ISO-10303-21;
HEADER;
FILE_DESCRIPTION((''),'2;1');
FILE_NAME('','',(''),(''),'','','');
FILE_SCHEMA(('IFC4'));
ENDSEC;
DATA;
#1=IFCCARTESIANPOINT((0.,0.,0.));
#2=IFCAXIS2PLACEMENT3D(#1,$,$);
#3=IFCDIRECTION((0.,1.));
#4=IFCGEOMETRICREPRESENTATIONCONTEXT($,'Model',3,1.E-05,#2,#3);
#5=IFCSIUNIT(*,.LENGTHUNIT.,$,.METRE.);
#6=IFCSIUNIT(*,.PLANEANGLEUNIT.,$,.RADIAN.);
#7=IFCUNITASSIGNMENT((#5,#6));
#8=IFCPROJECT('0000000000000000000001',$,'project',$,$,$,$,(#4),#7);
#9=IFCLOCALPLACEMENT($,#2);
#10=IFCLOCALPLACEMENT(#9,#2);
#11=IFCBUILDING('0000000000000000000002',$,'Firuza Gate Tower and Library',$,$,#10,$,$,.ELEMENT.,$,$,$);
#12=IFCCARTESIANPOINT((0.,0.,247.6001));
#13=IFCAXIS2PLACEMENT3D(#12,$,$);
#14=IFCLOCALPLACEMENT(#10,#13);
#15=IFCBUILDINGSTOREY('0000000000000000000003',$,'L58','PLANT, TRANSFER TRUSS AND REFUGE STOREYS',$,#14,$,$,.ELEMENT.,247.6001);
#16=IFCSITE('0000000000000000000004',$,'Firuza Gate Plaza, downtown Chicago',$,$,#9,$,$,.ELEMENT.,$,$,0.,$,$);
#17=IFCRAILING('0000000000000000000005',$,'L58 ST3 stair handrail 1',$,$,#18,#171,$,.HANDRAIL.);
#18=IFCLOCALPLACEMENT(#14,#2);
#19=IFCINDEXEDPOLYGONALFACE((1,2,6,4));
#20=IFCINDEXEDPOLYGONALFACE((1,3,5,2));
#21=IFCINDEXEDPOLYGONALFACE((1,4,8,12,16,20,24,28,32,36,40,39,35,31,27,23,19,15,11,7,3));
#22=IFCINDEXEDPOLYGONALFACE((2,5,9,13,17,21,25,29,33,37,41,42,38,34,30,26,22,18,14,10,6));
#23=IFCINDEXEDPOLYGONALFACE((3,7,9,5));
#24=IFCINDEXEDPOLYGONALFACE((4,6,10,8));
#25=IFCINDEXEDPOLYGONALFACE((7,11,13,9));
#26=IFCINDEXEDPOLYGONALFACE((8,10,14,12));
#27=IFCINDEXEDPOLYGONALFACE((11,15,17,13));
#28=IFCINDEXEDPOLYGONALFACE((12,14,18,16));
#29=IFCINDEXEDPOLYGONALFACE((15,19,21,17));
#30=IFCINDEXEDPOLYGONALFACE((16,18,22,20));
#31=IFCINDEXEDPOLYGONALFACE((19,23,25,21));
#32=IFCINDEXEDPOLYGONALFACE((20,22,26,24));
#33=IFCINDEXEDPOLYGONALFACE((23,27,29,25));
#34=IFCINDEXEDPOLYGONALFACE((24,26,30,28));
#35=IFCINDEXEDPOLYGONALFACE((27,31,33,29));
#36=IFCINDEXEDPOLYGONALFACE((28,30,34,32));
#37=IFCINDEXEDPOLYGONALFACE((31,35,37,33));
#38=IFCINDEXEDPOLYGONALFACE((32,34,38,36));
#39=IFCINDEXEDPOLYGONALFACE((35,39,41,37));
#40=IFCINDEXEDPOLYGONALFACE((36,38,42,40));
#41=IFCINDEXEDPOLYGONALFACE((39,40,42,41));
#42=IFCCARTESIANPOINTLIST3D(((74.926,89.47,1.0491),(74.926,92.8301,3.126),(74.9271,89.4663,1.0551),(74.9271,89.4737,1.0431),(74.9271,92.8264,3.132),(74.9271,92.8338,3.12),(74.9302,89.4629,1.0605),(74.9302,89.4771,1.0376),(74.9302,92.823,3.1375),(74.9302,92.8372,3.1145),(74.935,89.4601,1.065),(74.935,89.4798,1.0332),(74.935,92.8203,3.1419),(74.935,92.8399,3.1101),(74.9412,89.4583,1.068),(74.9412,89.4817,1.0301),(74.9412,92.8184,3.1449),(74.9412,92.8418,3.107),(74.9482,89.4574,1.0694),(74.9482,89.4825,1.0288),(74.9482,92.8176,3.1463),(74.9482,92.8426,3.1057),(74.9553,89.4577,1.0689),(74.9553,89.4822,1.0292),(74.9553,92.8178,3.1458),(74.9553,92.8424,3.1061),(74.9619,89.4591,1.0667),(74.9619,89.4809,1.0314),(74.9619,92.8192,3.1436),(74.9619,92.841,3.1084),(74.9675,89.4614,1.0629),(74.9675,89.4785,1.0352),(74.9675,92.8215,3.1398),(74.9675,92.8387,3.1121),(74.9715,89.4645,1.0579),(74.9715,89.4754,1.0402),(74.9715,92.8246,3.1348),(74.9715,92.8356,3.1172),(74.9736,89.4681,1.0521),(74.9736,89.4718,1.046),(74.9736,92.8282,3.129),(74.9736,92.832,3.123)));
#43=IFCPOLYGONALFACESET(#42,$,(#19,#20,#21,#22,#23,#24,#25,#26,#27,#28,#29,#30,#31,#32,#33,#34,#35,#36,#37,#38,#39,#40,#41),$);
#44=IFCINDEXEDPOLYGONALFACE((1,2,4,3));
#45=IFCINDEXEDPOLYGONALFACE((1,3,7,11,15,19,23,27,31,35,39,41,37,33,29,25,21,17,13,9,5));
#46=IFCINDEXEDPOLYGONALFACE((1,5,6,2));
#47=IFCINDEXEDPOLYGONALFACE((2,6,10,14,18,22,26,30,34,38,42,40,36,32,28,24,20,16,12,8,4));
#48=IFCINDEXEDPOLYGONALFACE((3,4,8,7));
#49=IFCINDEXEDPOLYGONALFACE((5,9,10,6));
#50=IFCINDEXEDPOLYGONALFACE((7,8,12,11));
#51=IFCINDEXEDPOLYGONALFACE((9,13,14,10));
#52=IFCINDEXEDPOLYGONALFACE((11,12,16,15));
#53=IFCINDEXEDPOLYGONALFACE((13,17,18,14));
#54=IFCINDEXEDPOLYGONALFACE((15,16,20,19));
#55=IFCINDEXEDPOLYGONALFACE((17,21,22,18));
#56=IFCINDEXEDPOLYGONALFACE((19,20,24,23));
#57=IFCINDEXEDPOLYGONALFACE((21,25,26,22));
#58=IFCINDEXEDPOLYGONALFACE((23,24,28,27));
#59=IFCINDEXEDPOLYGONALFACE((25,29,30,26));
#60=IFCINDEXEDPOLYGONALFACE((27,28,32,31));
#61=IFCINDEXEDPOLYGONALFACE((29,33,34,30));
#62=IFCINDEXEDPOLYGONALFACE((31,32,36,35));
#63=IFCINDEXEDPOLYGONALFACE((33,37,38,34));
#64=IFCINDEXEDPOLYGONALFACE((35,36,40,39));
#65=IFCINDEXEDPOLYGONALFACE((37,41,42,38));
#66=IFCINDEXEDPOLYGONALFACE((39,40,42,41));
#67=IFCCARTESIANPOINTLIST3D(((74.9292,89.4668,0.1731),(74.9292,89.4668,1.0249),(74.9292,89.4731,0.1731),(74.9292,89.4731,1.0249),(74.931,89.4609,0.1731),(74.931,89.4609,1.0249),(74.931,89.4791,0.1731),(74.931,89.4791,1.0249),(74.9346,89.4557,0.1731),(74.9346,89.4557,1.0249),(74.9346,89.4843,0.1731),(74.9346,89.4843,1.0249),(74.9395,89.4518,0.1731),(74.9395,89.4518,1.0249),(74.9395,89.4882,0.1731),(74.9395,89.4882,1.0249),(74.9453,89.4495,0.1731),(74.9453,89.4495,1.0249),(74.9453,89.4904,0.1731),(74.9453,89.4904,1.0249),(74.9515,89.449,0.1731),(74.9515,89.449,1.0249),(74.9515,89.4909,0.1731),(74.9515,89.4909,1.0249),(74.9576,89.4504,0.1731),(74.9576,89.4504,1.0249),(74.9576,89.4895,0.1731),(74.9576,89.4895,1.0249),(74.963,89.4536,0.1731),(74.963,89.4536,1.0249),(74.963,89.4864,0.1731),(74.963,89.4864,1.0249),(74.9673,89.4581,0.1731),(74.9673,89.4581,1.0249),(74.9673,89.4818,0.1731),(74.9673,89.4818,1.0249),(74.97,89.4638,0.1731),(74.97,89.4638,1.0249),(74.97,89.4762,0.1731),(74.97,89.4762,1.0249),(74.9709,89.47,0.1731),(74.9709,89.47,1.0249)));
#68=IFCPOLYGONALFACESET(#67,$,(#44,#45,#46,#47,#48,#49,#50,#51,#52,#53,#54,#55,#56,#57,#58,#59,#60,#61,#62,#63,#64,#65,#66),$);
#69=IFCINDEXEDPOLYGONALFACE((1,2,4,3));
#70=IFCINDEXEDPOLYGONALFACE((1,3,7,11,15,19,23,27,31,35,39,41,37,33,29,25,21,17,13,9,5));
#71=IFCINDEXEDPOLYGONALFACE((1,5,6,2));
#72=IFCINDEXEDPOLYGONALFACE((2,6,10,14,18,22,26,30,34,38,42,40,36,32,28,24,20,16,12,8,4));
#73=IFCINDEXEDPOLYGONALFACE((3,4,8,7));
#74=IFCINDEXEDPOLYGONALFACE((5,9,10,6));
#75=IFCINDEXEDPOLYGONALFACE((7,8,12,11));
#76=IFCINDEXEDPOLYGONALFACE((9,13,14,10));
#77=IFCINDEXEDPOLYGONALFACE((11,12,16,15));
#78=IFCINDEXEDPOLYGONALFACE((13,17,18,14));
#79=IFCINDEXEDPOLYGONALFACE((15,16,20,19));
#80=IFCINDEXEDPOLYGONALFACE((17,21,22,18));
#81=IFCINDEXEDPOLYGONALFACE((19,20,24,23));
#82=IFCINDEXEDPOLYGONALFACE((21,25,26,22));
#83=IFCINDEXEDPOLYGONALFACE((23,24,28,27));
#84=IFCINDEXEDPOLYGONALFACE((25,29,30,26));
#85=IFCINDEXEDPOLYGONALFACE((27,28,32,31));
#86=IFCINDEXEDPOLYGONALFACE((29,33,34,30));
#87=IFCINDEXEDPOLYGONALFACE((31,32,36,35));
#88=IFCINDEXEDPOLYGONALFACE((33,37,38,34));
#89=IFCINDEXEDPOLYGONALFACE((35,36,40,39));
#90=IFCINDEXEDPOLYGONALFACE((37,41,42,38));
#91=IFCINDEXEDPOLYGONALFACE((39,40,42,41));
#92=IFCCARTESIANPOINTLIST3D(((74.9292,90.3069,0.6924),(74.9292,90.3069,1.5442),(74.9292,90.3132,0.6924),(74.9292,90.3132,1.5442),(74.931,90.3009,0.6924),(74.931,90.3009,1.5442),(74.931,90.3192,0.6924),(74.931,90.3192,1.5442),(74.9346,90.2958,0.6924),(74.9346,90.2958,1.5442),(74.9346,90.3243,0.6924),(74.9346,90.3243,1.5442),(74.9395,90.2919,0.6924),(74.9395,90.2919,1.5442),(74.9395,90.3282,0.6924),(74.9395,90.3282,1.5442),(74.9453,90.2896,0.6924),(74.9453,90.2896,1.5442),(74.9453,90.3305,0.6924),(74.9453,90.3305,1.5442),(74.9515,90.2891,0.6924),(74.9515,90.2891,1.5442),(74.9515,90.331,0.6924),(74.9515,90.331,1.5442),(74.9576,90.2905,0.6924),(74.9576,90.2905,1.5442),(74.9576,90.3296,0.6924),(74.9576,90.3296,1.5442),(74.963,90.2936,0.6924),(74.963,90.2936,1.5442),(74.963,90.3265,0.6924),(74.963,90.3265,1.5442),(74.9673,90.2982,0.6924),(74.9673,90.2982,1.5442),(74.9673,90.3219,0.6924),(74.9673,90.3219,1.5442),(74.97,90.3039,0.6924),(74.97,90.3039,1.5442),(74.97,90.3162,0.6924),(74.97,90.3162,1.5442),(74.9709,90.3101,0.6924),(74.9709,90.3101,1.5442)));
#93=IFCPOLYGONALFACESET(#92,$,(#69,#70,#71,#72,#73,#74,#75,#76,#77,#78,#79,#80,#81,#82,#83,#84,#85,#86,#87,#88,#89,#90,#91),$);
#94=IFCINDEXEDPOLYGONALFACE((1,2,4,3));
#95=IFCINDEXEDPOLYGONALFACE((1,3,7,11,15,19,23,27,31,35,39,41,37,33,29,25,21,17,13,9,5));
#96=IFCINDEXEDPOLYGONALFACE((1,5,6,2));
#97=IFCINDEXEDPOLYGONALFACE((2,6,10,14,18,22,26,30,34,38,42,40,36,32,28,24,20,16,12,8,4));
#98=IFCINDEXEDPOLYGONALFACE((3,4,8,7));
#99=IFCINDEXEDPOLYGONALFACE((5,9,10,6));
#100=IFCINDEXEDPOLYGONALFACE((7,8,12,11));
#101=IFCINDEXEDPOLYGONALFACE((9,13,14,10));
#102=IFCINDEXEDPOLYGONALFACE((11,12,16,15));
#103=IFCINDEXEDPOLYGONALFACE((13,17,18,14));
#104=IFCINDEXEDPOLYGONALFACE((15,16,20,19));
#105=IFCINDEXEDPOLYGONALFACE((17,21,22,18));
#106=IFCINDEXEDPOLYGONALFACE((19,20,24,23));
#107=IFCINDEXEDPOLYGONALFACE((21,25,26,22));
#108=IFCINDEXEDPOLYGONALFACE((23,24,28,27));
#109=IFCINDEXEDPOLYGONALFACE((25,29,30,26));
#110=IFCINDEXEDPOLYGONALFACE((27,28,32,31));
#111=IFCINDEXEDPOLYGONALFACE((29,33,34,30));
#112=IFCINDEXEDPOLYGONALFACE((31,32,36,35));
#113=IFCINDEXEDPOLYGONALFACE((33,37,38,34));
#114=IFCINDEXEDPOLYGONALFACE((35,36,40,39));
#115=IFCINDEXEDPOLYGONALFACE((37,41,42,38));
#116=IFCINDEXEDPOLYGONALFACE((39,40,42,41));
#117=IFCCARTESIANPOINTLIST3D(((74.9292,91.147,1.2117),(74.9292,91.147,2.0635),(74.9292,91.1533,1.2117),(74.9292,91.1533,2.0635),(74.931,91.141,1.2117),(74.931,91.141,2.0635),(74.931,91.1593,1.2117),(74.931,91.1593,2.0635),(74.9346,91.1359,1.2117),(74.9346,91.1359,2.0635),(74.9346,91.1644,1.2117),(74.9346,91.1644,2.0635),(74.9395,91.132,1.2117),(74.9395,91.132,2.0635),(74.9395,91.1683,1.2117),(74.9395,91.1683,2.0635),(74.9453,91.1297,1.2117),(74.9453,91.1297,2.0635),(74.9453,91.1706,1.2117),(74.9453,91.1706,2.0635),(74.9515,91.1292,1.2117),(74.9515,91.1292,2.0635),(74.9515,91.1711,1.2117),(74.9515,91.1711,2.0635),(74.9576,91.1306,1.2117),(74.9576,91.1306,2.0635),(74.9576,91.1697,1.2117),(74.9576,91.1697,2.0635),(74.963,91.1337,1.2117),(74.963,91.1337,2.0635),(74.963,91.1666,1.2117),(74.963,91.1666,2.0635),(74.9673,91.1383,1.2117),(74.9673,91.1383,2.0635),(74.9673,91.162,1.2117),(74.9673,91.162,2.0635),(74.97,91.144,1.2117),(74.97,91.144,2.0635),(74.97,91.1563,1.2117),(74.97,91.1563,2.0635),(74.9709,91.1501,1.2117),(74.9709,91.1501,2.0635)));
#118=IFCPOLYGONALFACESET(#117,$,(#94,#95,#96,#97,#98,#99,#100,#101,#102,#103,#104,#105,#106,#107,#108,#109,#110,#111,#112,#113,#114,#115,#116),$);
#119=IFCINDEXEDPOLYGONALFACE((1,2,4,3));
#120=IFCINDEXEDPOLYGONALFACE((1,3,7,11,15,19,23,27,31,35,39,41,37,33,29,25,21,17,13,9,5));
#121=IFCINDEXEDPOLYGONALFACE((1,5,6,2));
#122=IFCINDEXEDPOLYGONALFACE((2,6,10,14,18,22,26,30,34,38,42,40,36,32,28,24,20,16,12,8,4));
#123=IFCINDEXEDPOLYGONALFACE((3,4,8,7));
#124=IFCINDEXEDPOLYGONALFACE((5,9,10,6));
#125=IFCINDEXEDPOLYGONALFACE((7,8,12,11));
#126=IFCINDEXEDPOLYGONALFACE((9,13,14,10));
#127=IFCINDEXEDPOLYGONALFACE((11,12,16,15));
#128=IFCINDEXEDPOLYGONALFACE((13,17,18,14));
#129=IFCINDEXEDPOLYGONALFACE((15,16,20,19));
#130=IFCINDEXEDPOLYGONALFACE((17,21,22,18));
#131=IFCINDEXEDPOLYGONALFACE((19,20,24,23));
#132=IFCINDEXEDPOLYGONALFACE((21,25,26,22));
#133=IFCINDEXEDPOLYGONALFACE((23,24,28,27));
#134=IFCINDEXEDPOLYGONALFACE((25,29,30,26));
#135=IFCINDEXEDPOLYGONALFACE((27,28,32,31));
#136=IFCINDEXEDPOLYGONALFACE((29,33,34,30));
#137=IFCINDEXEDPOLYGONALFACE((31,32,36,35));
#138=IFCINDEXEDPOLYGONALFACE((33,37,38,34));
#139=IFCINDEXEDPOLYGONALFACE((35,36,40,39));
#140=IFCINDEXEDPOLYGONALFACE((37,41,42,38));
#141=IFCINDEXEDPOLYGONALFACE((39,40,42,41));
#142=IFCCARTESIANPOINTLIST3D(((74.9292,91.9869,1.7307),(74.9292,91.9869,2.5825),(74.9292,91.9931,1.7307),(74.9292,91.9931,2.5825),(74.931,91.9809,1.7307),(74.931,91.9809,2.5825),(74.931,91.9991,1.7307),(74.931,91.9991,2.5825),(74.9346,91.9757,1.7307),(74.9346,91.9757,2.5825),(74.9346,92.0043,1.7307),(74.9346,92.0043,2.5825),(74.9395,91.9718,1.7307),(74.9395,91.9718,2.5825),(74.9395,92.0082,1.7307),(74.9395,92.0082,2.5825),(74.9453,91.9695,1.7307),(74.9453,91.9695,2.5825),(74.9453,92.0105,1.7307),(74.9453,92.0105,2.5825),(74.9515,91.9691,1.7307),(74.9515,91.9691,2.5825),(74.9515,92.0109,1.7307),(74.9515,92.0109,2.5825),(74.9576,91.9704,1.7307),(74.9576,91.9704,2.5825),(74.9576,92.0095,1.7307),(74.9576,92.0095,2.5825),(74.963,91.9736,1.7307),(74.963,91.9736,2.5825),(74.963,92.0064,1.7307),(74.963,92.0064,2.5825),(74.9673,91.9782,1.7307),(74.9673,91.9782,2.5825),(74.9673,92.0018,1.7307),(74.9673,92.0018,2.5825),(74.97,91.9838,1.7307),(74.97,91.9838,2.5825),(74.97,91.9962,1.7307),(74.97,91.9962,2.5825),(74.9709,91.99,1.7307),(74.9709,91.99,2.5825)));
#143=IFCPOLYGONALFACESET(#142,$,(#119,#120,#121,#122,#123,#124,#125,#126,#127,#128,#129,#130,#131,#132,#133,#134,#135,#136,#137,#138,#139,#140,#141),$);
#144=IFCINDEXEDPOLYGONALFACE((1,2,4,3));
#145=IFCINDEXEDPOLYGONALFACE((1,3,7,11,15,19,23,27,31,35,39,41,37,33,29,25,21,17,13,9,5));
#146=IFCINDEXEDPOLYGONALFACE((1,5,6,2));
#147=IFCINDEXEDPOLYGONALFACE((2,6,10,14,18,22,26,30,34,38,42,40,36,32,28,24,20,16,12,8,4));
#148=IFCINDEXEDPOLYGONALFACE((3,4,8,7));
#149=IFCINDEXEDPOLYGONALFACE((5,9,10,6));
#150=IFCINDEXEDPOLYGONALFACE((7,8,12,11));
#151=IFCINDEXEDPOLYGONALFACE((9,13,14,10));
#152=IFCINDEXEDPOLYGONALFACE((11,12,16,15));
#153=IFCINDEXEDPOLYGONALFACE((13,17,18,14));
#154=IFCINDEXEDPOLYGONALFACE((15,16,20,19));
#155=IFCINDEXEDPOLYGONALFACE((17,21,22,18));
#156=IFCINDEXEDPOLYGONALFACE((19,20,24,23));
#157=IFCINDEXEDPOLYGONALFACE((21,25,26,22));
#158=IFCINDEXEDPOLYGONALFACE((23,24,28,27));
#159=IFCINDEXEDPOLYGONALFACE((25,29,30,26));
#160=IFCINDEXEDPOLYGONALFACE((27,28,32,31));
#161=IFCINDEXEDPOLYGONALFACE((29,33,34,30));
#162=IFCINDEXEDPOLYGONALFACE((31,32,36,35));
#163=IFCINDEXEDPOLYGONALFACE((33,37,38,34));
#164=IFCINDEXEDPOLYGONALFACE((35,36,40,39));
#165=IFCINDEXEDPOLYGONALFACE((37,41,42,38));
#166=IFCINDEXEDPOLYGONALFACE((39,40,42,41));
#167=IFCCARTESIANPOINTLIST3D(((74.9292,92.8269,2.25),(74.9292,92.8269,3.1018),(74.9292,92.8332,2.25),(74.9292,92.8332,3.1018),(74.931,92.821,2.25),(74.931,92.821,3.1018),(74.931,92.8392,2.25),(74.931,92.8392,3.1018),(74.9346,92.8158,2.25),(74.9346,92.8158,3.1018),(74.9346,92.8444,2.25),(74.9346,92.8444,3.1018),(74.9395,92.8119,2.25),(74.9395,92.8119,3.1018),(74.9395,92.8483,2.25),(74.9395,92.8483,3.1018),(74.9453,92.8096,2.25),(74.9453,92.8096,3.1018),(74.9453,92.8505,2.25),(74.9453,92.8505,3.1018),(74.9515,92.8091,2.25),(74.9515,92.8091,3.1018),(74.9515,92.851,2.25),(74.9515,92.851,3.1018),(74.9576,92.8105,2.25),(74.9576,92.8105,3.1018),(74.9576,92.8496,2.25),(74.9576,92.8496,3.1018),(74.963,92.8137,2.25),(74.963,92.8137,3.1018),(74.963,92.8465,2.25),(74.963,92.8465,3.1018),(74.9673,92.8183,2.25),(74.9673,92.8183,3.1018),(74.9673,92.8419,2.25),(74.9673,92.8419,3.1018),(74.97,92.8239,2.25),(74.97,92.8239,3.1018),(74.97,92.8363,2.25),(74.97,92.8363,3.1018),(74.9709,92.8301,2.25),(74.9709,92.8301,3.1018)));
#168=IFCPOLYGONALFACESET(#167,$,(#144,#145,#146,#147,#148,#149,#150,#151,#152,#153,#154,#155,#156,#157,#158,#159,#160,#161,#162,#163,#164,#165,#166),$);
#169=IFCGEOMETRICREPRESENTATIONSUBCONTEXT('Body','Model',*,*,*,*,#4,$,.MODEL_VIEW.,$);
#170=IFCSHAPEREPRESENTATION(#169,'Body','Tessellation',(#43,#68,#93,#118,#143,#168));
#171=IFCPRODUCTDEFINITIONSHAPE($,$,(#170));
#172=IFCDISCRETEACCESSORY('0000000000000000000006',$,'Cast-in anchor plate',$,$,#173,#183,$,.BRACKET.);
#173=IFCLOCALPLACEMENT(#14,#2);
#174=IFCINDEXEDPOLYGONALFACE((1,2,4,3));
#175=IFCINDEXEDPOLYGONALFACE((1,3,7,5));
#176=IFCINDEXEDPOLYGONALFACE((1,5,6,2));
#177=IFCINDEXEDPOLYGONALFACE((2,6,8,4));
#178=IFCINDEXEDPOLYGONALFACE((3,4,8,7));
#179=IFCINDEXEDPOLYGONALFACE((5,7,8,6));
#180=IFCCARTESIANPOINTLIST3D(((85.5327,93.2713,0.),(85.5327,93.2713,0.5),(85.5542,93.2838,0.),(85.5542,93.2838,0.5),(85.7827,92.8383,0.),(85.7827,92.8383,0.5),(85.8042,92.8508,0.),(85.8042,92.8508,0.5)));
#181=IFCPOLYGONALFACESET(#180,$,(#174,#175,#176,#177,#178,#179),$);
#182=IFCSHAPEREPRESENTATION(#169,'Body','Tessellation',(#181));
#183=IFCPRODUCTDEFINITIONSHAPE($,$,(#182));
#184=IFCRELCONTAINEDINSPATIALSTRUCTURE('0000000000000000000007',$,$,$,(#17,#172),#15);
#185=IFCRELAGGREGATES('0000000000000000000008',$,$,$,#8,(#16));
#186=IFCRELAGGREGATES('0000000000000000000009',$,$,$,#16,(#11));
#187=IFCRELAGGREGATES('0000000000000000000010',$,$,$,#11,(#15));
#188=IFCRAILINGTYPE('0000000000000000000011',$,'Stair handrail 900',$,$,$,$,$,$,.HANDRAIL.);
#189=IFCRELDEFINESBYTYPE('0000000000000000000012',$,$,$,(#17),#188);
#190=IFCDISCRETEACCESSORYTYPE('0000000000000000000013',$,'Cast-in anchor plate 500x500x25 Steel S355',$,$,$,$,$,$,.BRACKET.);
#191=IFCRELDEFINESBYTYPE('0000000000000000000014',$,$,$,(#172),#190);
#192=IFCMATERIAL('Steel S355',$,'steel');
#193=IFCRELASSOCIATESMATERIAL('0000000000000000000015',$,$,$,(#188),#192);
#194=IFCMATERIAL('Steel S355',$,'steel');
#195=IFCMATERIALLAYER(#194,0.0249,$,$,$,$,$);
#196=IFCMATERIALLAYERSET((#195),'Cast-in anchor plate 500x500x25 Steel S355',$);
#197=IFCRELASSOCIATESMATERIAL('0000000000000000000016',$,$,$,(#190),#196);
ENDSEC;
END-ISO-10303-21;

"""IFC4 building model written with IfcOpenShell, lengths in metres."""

from ifc_helpers import new_model, si_unit, direction, frame, origin, origin_2d, place, context, subcontext, project, spatial, rectangle, circle, extrude, material, layer, layer_set, type_object, element, save


model = new_model("IFC4")

# Units and contexts
model_context = context("Model", 3, precision=1e-05, world=origin(), true_north=direction((0.0, 1.0)))
body_context = subcontext(model_context, "Body", "Model", "MODEL_VIEW")
ifc_project = project(units=[si_unit("LENGTHUNIT", "METRE"), si_unit("PLANEANGLEUNIT", "RADIAN")], contexts=[model_context])

# Site, building, storey
site_placement = place(None, origin())
site = spatial("IfcSite", under=ifc_project, at=site_placement, Name="Firuza Gate Plaza, downtown Chicago", CompositionType="ELEMENT", RefElevation=0.0)
building_placement = place(site_placement, origin())
building = spatial("IfcBuilding", under=site, at=building_placement, Name="Firuza Gate Tower and Library", CompositionType="ELEMENT")
storey_placement = place(building_placement, frame((0.0, 0.0, 247.6001)))
storey = spatial("IfcBuildingStorey", under=building, at=storey_placement, Name="L58", Description="PLANT, TRANSFER TRUSS AND REFUGE STOREYS", CompositionType="ELEMENT", Elevation=247.6001)

# Railing
ifc_material_1 = material(Name="Steel S355", Category="steel")
railing_type = type_object("IfcRailingType", Name="Stair handrail 900", PredefinedType="HANDRAIL", material=ifc_material_1)
railing_placement = place(storey_placement, frame((74.95, 89.47, 0.1731)))
element("IfcRailing", 1, at=railing_placement, inside=storey, type_object=railing_type, Name="L58 ST3 stair handrail 1", PredefinedType="HANDRAIL", context=body_context, shape_type="SweptSolid", body=[
    extrude(circle(Radius=0.0239, at=origin_2d()), frame((0.0, 0.0, 0.876), z_axis=(0.0, 0.850623, 0.525776), x_axis=(-1.0, 0.0, 0.0)), (0.0, 0.0, 1.0), 3.9502),
    extrude(circle(Radius=0.021, at=origin_2d()), origin(), (0.0, 0.0, 1.0), 0.8518),
    extrude(circle(Radius=0.021, at=origin_2d()), frame((0.0, 0.8401, 0.5193)), (0.0, 0.0, 1.0), 0.8518),
    extrude(circle(Radius=0.021, at=origin_2d()), frame((0.0, 1.6802, 1.0386)), (0.0, 0.0, 1.0), 0.8518),
    extrude(circle(Radius=0.021, at=origin_2d()), frame((0.0, 2.52, 1.5576)), (0.0, 0.0, 1.0), 0.8518),
    extrude(circle(Radius=0.021, at=origin_2d()), frame((0.0, 3.3601, 2.0769)), (0.0, 0.0, 1.0), 0.8518),
])

# Discrete accessory
ifc_material_2 = material(Name="Steel S355", Category="steel")
ifc_layer_1 = layer(ifc_material_2, 0.0249)
ifc_layer_set_1 = layer_set([ifc_layer_1], Name="Cast-in anchor plate 500x500x25 Steel S355")
discrete_accessory_type = type_object("IfcDiscreteAccessoryType", Name="Cast-in anchor plate 500x500x25 Steel S355", PredefinedType="BRACKET", material=ifc_layer_set_1)
discrete_accessory_placement = place(storey_placement, frame((85.6685, 93.061, 0.0), z_axis=(0.0, 0.0, 1.0), x_axis=(-0.5, 0.866025, 0.0)))
element("IfcDiscreteAccessory", 2, at=discrete_accessory_placement, inside=storey, type_object=discrete_accessory_type, Name="Cast-in anchor plate", PredefinedType="BRACKET", context=body_context, shape_type="SweptSolid", body=[
    extrude(rectangle(XDim=0.5, YDim=0.0249, at=origin_2d()), origin(), (0.0, 0.0, 1.0), 0.5),
])

save(model, "model.ifc")
